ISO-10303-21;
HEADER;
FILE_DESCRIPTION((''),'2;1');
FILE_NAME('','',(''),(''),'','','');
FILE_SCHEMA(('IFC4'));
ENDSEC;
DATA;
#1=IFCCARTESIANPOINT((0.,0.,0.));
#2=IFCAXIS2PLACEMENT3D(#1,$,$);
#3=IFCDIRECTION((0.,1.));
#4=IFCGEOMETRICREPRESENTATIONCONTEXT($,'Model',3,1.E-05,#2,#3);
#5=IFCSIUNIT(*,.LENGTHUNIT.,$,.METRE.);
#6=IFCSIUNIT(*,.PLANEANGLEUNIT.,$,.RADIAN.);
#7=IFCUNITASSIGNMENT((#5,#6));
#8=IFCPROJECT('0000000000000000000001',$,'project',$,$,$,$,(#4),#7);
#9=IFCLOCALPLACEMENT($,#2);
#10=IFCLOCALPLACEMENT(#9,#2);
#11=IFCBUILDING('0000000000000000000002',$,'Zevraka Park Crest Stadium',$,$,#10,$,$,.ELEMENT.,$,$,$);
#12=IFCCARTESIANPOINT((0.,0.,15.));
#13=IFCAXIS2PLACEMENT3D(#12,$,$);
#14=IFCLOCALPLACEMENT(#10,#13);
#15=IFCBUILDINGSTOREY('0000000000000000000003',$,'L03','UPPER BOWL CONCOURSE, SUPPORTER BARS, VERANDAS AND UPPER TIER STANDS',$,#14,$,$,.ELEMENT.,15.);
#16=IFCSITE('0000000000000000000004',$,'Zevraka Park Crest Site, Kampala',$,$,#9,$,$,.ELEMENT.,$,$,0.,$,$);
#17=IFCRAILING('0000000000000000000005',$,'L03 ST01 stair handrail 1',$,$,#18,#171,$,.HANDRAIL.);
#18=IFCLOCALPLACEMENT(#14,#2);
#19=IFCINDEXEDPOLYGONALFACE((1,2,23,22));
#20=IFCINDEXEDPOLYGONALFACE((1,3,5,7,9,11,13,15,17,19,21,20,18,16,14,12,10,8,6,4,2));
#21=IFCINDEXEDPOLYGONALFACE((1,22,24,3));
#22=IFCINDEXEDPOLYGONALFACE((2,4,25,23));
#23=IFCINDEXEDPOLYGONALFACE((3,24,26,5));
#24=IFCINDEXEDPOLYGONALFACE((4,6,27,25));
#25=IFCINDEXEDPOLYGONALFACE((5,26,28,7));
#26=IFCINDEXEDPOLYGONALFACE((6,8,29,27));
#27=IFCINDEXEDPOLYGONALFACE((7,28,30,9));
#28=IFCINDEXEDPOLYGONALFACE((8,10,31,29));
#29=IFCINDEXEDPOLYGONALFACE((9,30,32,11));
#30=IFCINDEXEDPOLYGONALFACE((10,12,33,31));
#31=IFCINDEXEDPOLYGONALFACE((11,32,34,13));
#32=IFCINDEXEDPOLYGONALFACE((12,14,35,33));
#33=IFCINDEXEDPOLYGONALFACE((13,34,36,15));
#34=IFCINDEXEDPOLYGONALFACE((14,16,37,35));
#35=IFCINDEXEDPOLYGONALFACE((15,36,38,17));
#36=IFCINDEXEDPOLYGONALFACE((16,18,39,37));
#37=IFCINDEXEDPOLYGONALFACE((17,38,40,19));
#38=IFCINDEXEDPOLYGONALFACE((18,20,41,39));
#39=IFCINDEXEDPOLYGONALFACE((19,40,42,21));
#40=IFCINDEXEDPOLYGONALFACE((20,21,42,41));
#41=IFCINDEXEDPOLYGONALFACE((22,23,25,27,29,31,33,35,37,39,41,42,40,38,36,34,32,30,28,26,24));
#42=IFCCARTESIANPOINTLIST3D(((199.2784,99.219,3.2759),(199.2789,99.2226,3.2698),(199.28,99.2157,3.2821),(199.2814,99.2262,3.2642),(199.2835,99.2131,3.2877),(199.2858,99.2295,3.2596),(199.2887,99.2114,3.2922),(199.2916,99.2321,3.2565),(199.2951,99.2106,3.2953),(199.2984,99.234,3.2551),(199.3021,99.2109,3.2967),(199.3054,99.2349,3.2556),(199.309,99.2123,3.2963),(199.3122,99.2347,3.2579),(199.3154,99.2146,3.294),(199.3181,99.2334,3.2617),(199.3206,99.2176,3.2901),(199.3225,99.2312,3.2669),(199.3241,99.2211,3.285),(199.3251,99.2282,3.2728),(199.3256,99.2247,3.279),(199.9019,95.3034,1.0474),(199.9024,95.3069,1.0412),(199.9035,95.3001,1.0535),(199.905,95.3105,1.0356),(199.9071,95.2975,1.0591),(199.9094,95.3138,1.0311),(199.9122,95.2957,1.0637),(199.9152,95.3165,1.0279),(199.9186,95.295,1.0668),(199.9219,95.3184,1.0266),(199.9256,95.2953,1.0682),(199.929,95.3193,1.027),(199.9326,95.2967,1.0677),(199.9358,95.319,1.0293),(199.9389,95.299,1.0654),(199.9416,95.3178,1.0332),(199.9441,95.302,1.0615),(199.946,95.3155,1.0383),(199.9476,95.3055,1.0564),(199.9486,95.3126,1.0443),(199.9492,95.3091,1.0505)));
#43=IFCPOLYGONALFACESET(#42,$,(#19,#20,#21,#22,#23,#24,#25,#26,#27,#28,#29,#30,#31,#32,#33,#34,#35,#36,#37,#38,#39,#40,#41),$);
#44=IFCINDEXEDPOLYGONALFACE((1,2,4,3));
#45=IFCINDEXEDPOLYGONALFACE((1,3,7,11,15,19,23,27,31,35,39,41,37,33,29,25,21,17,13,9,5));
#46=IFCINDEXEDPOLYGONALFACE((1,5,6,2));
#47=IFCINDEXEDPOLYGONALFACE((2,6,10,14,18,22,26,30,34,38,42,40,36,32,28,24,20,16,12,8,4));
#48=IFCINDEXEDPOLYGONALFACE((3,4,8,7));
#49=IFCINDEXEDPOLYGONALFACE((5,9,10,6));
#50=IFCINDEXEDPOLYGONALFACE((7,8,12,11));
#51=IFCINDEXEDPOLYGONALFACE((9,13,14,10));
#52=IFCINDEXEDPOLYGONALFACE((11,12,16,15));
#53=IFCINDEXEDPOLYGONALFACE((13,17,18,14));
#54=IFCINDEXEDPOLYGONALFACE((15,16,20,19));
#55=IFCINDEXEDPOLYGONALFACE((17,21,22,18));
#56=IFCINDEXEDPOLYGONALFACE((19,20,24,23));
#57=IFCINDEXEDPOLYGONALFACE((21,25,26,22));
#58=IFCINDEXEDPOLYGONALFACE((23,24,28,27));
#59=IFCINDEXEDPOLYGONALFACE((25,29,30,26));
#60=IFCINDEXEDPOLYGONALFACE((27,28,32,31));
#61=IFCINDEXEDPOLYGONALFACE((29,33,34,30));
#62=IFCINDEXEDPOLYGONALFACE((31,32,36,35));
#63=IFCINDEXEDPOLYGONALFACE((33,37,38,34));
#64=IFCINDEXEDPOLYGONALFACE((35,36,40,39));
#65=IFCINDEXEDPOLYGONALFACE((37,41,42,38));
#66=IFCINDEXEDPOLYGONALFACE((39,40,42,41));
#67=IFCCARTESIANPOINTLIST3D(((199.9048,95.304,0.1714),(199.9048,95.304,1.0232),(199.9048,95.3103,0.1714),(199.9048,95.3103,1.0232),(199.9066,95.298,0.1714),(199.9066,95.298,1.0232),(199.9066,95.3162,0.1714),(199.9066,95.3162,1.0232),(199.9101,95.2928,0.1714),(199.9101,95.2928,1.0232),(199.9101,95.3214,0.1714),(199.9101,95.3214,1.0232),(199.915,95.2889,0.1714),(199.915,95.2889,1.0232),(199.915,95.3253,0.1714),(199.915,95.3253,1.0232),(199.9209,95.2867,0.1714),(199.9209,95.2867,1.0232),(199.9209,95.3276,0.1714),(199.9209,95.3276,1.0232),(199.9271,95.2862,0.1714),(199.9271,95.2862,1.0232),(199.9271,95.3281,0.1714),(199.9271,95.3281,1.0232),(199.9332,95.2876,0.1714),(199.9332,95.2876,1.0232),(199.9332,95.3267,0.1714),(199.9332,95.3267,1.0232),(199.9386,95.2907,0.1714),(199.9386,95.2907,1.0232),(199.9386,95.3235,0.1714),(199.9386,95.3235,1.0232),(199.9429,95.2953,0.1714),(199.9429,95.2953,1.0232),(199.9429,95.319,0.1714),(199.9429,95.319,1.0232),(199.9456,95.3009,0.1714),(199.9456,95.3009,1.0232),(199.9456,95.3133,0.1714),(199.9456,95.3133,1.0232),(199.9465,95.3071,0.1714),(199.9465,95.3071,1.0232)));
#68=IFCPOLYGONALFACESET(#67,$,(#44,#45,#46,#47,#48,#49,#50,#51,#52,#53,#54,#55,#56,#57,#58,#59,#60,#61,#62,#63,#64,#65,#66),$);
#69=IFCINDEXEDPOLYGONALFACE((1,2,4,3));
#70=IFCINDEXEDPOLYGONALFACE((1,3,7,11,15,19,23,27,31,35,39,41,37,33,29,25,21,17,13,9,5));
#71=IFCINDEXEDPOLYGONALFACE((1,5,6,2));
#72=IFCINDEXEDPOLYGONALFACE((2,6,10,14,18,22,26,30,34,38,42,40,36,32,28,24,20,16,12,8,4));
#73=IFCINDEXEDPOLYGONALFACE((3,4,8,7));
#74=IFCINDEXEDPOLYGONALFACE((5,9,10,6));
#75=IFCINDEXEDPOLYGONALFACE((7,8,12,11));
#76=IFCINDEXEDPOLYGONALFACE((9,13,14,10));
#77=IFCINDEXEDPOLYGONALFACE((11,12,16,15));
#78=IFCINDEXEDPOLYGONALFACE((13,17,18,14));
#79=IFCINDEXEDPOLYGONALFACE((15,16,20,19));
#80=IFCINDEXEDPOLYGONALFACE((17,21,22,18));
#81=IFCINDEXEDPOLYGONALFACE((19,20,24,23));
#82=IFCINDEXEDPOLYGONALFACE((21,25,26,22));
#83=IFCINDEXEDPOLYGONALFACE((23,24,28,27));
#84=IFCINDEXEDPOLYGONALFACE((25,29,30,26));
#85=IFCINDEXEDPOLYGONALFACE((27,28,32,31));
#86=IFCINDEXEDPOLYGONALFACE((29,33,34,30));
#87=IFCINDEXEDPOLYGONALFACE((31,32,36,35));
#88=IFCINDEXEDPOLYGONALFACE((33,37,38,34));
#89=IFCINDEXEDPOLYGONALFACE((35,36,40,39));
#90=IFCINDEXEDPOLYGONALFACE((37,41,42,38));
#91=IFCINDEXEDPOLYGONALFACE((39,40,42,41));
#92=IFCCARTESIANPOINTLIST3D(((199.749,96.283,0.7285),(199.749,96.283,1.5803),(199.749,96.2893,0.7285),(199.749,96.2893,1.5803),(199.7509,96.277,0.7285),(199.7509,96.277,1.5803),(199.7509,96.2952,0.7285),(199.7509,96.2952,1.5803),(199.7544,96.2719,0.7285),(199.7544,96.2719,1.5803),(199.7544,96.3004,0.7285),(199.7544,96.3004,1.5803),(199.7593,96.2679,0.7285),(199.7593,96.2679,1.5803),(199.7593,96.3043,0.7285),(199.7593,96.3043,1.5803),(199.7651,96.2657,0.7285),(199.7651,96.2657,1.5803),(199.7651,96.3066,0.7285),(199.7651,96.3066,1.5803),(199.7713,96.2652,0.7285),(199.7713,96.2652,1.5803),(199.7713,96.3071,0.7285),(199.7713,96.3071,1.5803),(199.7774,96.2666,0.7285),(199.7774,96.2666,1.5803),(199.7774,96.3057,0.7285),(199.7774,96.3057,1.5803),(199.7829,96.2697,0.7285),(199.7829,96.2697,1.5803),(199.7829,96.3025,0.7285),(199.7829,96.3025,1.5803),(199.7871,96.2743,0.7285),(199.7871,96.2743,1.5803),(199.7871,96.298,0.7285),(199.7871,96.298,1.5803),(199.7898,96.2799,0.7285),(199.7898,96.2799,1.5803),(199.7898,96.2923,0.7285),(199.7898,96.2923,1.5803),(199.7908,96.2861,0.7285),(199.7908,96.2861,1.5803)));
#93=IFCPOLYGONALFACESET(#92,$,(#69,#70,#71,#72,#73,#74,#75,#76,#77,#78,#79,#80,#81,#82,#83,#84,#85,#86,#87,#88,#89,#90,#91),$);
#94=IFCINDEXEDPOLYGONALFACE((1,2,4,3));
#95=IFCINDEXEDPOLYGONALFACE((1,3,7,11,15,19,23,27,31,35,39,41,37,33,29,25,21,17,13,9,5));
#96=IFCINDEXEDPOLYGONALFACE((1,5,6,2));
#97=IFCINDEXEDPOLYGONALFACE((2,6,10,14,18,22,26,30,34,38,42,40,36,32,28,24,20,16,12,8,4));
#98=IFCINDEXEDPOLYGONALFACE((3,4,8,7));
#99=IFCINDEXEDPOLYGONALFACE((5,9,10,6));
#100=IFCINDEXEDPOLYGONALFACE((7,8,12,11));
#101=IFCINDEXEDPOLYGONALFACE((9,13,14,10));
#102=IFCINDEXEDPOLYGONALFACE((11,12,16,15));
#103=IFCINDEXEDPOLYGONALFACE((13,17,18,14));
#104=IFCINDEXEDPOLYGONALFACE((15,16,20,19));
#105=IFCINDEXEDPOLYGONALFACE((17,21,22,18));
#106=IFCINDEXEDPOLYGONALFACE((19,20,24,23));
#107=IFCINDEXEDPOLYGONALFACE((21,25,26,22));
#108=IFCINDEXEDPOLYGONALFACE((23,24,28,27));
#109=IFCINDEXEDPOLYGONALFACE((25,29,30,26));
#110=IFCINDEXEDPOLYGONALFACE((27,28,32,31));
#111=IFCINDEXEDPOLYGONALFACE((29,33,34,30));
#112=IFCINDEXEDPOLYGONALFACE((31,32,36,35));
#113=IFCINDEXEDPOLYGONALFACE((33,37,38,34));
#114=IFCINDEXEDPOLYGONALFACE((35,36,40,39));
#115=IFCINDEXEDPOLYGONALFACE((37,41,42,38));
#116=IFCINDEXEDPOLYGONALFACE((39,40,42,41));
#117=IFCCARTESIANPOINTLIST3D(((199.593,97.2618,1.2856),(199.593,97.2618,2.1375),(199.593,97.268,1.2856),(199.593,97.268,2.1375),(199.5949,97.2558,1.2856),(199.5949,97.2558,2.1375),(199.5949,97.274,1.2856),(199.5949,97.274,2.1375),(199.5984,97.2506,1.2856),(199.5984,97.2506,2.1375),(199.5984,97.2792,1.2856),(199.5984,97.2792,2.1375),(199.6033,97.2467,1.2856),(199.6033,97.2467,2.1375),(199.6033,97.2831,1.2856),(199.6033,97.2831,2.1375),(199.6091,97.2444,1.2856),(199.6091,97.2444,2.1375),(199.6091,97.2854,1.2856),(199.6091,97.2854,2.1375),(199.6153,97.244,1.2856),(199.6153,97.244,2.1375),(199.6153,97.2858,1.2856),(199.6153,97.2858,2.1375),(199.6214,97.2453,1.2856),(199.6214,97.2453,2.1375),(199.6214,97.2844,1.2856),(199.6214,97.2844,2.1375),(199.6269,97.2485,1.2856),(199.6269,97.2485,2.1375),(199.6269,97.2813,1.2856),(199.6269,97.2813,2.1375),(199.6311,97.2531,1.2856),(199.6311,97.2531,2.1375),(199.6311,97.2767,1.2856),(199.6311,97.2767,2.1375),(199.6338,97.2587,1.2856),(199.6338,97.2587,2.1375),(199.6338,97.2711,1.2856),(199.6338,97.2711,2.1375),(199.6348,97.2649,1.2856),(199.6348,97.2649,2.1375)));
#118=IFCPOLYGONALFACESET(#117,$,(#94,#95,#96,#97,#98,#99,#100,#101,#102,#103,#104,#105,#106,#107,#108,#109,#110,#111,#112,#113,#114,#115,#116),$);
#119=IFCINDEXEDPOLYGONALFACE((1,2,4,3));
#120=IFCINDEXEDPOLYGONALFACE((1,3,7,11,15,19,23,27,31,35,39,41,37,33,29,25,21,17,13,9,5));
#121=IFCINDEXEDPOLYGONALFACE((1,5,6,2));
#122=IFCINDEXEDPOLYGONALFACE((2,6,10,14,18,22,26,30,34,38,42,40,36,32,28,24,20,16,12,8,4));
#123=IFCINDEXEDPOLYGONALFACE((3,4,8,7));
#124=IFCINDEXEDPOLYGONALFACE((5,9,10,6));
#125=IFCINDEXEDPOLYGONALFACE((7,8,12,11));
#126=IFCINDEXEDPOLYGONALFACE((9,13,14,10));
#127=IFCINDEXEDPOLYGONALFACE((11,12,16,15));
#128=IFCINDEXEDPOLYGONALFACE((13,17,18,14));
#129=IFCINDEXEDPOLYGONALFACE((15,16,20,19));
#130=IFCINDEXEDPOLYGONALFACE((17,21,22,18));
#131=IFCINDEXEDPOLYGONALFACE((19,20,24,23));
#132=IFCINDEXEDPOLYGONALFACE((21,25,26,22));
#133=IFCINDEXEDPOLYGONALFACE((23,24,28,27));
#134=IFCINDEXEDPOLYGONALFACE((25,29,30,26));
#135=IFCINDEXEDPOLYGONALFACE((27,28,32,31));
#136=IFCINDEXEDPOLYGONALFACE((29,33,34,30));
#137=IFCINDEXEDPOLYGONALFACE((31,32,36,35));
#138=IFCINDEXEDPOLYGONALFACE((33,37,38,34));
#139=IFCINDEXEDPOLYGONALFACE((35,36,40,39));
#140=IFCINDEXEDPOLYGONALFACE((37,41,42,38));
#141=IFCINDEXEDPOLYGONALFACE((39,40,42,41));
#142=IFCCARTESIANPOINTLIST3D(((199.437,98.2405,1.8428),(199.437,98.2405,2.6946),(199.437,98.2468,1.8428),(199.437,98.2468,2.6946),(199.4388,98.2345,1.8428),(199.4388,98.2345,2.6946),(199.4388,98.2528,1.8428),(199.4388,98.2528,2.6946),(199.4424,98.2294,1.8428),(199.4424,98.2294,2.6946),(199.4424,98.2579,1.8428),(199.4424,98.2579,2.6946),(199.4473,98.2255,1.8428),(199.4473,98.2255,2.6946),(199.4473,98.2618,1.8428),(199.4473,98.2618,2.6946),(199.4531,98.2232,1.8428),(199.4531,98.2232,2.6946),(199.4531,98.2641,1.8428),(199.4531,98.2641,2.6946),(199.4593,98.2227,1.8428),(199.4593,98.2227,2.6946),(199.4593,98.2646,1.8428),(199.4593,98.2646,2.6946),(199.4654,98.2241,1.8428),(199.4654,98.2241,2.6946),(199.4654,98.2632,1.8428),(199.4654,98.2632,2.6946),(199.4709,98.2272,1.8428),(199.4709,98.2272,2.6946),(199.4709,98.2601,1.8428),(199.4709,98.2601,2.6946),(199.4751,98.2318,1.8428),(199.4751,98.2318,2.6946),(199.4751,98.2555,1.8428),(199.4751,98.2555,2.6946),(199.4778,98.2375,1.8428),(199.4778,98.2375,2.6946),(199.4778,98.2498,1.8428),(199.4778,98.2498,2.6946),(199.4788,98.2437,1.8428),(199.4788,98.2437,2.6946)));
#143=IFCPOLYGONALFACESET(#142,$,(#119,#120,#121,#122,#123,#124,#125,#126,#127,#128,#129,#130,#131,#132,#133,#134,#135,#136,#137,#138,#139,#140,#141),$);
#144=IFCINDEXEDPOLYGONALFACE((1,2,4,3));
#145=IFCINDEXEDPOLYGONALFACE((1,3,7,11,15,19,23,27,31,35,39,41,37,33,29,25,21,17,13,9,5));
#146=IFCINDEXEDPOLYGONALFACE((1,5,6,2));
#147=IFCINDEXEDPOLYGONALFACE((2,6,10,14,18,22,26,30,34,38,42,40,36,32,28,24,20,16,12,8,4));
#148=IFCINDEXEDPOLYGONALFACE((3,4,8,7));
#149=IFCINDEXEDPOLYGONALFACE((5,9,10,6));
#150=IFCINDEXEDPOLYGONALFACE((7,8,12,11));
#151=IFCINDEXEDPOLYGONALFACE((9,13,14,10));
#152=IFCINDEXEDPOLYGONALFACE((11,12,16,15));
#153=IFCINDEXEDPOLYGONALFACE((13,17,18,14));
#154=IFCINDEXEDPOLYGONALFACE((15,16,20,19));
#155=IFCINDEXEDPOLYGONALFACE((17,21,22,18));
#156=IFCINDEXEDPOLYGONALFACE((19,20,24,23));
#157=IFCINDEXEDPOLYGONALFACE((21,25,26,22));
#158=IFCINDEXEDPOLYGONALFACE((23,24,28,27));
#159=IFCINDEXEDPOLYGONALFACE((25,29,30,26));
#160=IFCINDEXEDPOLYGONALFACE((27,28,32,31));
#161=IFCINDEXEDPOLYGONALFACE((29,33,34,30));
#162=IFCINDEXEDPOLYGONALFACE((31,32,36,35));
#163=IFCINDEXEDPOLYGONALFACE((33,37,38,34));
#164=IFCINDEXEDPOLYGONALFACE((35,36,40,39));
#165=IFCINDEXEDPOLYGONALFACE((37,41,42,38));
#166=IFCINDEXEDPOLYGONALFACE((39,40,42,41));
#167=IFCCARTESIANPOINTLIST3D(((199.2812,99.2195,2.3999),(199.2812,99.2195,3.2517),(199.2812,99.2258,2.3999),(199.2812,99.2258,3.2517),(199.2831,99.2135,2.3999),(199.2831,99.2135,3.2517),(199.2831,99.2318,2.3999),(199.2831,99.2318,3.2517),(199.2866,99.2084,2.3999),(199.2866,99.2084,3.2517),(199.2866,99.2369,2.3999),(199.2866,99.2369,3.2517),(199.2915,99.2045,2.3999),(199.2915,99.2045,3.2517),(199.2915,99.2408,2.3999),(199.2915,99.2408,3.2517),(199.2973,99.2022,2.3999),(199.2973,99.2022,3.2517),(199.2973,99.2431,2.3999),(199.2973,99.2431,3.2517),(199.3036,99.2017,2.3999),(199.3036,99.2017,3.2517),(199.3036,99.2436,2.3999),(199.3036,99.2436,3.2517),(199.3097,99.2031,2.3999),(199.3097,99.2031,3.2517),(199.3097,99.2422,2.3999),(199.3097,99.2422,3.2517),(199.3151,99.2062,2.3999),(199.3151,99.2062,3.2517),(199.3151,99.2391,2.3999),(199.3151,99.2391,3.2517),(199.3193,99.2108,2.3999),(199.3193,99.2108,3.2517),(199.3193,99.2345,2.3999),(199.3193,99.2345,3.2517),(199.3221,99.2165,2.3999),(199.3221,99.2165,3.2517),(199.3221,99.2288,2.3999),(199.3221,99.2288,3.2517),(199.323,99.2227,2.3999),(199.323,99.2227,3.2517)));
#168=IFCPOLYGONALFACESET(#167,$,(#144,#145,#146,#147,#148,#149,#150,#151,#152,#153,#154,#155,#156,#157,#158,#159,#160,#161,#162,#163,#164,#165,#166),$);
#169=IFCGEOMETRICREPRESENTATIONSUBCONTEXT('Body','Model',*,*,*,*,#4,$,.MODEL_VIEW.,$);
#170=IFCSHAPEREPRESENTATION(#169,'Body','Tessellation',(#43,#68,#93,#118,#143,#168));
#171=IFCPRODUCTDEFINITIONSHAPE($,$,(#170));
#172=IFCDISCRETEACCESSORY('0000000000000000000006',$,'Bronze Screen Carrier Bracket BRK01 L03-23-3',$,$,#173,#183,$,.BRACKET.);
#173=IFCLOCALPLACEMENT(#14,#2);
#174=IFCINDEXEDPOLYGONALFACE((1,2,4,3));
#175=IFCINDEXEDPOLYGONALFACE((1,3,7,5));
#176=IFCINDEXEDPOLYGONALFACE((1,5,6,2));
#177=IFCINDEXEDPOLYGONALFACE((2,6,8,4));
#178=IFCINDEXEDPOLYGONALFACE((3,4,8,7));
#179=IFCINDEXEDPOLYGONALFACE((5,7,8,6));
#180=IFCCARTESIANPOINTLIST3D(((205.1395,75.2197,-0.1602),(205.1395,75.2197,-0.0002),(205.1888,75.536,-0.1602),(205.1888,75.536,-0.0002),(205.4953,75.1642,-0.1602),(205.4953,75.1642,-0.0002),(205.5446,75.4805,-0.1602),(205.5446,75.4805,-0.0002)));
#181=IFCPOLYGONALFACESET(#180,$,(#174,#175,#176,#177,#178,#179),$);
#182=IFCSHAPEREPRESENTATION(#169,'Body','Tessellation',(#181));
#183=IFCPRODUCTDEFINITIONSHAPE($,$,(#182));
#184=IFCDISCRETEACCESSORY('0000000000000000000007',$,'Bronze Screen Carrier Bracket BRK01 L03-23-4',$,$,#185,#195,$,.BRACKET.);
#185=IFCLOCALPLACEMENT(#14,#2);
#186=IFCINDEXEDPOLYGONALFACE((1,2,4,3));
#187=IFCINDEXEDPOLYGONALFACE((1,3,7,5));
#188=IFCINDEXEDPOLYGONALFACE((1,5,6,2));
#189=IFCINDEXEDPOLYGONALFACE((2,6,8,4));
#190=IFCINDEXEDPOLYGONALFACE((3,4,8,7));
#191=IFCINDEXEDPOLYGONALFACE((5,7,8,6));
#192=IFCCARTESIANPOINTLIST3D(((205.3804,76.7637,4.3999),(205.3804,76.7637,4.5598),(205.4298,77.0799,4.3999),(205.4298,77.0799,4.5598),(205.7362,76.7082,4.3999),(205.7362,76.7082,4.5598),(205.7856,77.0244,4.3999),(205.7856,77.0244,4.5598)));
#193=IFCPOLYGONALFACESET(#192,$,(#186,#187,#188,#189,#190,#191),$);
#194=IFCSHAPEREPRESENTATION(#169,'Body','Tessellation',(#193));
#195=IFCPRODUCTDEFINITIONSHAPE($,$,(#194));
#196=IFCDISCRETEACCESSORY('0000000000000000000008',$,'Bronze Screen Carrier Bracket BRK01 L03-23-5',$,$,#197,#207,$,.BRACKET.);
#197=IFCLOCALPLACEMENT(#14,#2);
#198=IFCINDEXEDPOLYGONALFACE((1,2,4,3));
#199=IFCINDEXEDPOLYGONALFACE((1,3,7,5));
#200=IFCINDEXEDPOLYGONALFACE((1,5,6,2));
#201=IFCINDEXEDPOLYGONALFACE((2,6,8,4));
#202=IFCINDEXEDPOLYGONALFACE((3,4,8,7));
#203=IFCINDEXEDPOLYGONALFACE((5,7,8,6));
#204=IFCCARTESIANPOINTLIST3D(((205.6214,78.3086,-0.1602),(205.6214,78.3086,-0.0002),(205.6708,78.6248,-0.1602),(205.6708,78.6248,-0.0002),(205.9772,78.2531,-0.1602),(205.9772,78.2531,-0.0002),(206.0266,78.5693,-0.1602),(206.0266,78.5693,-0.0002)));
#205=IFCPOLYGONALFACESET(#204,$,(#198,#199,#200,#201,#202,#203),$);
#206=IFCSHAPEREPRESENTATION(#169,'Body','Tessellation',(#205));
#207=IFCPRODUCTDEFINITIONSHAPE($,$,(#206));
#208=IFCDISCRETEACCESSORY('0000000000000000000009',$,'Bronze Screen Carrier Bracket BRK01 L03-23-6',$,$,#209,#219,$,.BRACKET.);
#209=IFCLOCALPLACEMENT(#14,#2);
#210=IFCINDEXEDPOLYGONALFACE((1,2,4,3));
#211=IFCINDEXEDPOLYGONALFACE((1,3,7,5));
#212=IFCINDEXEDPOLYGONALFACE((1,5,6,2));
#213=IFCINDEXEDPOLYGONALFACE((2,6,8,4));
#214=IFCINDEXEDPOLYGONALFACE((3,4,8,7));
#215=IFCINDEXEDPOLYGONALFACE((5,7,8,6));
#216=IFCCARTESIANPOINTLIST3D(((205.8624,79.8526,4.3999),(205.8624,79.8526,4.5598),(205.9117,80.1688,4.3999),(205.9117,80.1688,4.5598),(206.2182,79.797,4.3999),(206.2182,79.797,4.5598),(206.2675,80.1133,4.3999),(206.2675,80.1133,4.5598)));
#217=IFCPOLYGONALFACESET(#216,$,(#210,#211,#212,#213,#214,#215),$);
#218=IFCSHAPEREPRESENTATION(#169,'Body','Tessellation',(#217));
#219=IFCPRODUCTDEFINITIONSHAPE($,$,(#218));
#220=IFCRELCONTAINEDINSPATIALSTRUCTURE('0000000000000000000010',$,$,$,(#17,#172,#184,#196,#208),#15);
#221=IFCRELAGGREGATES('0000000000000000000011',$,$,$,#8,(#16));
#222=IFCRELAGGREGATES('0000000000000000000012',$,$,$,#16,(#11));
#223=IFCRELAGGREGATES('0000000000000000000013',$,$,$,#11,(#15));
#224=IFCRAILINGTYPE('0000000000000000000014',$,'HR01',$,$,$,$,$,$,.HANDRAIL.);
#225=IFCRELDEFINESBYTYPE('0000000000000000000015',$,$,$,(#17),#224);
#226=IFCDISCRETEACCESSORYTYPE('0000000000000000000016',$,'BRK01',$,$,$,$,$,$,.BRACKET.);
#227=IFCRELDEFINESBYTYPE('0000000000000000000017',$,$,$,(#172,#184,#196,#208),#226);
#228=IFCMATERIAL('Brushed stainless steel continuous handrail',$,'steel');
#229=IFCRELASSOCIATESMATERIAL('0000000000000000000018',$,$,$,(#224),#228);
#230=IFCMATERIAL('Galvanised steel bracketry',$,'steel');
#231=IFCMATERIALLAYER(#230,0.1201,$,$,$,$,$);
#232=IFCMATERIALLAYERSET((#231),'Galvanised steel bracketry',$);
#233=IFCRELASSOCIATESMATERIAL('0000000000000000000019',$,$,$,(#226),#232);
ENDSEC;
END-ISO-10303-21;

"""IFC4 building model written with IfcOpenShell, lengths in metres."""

from ifc_helpers import new_model, si_unit, direction, frame, origin, origin_2d, place, context, subcontext, project, spatial, rectangle, circle, extrude, material, layer, layer_set, type_object, element, save


model = new_model("IFC4")

# Units and contexts
model_context = context("Model", 3, precision=1e-05, world=origin(), true_north=direction((0.0, 1.0)))
body_context = subcontext(model_context, "Body", "Model", "MODEL_VIEW")
ifc_project = project(units=[si_unit("LENGTHUNIT", "METRE"), si_unit("PLANEANGLEUNIT", "RADIAN")], contexts=[model_context])

# Site, building, storey
site_placement = place(None, origin())
site = spatial("IfcSite", under=ifc_project, at=site_placement, Name="Zevraka Park Crest Site, Kampala", CompositionType="ELEMENT", RefElevation=0.0)
building_placement = place(site_placement, origin())
building = spatial("IfcBuilding", under=site, at=building_placement, Name="Zevraka Park Crest Stadium", CompositionType="ELEMENT")
storey_placement = place(building_placement, frame((0.0, 0.0, 15.0)))
storey = spatial("IfcBuildingStorey", under=building, at=storey_placement, Name="L03", Description="UPPER BOWL CONCOURSE, SUPPORTER BARS, VERANDAS AND UPPER TIER STANDS", CompositionType="ELEMENT", Elevation=15.0)

# Railing
ifc_material_1 = material(Name="Brushed stainless steel continuous handrail", Category="steel")
railing_type_1 = type_object("IfcRailingType", Name="HR01", PredefinedType="HANDRAIL", material=ifc_material_1)
railing_1_placement = place(storey_placement, frame((199.9255, 95.3071, 0.1714)))
element("IfcRailing", 1, at=railing_1_placement, inside=storey, type_object=railing_type_1, Name="L03 ST01 stair handrail 1", PredefinedType="HANDRAIL", context=body_context, shape_type="SweptSolid", body=[
    extrude(circle(Radius=0.0239, at=origin_2d()), frame((0.0, 0.0, 0.876), z_axis=(-0.137094, 0.86089, 0.489974), x_axis=(-0.987556, -0.157265, 0.0)), (0.0, 0.0, 1.0), 4.5483),
    extrude(circle(Radius=0.021, at=origin_2d()), origin(), (0.0, 0.0, 1.0), 0.8518),
    extrude(circle(Radius=0.021, at=origin_2d()), frame((-0.1558, 0.979, 0.5571)), (0.0, 0.0, 1.0), 0.8518),
    extrude(circle(Radius=0.021, at=origin_2d()), frame((-0.3118, 1.9578, 1.1143)), (0.0, 0.0, 1.0), 0.8518),
    extrude(circle(Radius=0.021, at=origin_2d()), frame((-0.4678, 2.9365, 1.6714)), (0.0, 0.0, 1.0), 0.8518),
    extrude(circle(Radius=0.021, at=origin_2d()), frame((-0.6235, 3.9155, 2.2285)), (0.0, 0.0, 1.0), 0.8518),
])

# Discrete accessories
ifc_material_2 = material(Name="Galvanised steel bracketry", Category="steel")
ifc_layer_1 = layer(ifc_material_2, 0.1201)
ifc_layer_set_1 = layer_set([ifc_layer_1], Name="Galvanised steel bracketry")
discrete_accessory_type = type_object("IfcDiscreteAccessoryType", Name="BRK01", PredefinedType="BRACKET", material=ifc_layer_set_1)
for number, where, z_axis, x_axis, name in (
    (2, (205.342, 75.3501, -0.1602), (0.0, 0.0, 1.0), (0.154193, 0.988041, 0.0), "Bronze Screen Carrier Bracket BRK01 L03-23-3"),
    (3, (205.583, 76.894, 4.3999), (0.0, 0.0, 1.0), (0.154193, 0.988041, 0.0), "Bronze Screen Carrier Bracket BRK01 L03-23-4"),
    (4, (205.824, 78.439, -0.1602), (0.0, 0.0, 1.0), (0.154193, 0.988041, 0.0), "Bronze Screen Carrier Bracket BRK01 L03-23-5"),
    (5, (206.0649, 79.9829, 4.3999), (0.0, 0.0, 1.0), (0.154193, 0.988041, 0.0), "Bronze Screen Carrier Bracket BRK01 L03-23-6"),
):
    element("IfcDiscreteAccessory", number, at=place(storey_placement, frame(where, z_axis=z_axis, x_axis=x_axis)), inside=storey, type_object=discrete_accessory_type, Name=name, PredefinedType="BRACKET", context=body_context, shape_type="SweptSolid", body=[
        extrude(rectangle(XDim=0.3201, YDim=0.3601, at=origin_2d()), origin(), (0.0, 0.0, 1.0), 0.1599),
    ])

save(model, "model.ifc")
